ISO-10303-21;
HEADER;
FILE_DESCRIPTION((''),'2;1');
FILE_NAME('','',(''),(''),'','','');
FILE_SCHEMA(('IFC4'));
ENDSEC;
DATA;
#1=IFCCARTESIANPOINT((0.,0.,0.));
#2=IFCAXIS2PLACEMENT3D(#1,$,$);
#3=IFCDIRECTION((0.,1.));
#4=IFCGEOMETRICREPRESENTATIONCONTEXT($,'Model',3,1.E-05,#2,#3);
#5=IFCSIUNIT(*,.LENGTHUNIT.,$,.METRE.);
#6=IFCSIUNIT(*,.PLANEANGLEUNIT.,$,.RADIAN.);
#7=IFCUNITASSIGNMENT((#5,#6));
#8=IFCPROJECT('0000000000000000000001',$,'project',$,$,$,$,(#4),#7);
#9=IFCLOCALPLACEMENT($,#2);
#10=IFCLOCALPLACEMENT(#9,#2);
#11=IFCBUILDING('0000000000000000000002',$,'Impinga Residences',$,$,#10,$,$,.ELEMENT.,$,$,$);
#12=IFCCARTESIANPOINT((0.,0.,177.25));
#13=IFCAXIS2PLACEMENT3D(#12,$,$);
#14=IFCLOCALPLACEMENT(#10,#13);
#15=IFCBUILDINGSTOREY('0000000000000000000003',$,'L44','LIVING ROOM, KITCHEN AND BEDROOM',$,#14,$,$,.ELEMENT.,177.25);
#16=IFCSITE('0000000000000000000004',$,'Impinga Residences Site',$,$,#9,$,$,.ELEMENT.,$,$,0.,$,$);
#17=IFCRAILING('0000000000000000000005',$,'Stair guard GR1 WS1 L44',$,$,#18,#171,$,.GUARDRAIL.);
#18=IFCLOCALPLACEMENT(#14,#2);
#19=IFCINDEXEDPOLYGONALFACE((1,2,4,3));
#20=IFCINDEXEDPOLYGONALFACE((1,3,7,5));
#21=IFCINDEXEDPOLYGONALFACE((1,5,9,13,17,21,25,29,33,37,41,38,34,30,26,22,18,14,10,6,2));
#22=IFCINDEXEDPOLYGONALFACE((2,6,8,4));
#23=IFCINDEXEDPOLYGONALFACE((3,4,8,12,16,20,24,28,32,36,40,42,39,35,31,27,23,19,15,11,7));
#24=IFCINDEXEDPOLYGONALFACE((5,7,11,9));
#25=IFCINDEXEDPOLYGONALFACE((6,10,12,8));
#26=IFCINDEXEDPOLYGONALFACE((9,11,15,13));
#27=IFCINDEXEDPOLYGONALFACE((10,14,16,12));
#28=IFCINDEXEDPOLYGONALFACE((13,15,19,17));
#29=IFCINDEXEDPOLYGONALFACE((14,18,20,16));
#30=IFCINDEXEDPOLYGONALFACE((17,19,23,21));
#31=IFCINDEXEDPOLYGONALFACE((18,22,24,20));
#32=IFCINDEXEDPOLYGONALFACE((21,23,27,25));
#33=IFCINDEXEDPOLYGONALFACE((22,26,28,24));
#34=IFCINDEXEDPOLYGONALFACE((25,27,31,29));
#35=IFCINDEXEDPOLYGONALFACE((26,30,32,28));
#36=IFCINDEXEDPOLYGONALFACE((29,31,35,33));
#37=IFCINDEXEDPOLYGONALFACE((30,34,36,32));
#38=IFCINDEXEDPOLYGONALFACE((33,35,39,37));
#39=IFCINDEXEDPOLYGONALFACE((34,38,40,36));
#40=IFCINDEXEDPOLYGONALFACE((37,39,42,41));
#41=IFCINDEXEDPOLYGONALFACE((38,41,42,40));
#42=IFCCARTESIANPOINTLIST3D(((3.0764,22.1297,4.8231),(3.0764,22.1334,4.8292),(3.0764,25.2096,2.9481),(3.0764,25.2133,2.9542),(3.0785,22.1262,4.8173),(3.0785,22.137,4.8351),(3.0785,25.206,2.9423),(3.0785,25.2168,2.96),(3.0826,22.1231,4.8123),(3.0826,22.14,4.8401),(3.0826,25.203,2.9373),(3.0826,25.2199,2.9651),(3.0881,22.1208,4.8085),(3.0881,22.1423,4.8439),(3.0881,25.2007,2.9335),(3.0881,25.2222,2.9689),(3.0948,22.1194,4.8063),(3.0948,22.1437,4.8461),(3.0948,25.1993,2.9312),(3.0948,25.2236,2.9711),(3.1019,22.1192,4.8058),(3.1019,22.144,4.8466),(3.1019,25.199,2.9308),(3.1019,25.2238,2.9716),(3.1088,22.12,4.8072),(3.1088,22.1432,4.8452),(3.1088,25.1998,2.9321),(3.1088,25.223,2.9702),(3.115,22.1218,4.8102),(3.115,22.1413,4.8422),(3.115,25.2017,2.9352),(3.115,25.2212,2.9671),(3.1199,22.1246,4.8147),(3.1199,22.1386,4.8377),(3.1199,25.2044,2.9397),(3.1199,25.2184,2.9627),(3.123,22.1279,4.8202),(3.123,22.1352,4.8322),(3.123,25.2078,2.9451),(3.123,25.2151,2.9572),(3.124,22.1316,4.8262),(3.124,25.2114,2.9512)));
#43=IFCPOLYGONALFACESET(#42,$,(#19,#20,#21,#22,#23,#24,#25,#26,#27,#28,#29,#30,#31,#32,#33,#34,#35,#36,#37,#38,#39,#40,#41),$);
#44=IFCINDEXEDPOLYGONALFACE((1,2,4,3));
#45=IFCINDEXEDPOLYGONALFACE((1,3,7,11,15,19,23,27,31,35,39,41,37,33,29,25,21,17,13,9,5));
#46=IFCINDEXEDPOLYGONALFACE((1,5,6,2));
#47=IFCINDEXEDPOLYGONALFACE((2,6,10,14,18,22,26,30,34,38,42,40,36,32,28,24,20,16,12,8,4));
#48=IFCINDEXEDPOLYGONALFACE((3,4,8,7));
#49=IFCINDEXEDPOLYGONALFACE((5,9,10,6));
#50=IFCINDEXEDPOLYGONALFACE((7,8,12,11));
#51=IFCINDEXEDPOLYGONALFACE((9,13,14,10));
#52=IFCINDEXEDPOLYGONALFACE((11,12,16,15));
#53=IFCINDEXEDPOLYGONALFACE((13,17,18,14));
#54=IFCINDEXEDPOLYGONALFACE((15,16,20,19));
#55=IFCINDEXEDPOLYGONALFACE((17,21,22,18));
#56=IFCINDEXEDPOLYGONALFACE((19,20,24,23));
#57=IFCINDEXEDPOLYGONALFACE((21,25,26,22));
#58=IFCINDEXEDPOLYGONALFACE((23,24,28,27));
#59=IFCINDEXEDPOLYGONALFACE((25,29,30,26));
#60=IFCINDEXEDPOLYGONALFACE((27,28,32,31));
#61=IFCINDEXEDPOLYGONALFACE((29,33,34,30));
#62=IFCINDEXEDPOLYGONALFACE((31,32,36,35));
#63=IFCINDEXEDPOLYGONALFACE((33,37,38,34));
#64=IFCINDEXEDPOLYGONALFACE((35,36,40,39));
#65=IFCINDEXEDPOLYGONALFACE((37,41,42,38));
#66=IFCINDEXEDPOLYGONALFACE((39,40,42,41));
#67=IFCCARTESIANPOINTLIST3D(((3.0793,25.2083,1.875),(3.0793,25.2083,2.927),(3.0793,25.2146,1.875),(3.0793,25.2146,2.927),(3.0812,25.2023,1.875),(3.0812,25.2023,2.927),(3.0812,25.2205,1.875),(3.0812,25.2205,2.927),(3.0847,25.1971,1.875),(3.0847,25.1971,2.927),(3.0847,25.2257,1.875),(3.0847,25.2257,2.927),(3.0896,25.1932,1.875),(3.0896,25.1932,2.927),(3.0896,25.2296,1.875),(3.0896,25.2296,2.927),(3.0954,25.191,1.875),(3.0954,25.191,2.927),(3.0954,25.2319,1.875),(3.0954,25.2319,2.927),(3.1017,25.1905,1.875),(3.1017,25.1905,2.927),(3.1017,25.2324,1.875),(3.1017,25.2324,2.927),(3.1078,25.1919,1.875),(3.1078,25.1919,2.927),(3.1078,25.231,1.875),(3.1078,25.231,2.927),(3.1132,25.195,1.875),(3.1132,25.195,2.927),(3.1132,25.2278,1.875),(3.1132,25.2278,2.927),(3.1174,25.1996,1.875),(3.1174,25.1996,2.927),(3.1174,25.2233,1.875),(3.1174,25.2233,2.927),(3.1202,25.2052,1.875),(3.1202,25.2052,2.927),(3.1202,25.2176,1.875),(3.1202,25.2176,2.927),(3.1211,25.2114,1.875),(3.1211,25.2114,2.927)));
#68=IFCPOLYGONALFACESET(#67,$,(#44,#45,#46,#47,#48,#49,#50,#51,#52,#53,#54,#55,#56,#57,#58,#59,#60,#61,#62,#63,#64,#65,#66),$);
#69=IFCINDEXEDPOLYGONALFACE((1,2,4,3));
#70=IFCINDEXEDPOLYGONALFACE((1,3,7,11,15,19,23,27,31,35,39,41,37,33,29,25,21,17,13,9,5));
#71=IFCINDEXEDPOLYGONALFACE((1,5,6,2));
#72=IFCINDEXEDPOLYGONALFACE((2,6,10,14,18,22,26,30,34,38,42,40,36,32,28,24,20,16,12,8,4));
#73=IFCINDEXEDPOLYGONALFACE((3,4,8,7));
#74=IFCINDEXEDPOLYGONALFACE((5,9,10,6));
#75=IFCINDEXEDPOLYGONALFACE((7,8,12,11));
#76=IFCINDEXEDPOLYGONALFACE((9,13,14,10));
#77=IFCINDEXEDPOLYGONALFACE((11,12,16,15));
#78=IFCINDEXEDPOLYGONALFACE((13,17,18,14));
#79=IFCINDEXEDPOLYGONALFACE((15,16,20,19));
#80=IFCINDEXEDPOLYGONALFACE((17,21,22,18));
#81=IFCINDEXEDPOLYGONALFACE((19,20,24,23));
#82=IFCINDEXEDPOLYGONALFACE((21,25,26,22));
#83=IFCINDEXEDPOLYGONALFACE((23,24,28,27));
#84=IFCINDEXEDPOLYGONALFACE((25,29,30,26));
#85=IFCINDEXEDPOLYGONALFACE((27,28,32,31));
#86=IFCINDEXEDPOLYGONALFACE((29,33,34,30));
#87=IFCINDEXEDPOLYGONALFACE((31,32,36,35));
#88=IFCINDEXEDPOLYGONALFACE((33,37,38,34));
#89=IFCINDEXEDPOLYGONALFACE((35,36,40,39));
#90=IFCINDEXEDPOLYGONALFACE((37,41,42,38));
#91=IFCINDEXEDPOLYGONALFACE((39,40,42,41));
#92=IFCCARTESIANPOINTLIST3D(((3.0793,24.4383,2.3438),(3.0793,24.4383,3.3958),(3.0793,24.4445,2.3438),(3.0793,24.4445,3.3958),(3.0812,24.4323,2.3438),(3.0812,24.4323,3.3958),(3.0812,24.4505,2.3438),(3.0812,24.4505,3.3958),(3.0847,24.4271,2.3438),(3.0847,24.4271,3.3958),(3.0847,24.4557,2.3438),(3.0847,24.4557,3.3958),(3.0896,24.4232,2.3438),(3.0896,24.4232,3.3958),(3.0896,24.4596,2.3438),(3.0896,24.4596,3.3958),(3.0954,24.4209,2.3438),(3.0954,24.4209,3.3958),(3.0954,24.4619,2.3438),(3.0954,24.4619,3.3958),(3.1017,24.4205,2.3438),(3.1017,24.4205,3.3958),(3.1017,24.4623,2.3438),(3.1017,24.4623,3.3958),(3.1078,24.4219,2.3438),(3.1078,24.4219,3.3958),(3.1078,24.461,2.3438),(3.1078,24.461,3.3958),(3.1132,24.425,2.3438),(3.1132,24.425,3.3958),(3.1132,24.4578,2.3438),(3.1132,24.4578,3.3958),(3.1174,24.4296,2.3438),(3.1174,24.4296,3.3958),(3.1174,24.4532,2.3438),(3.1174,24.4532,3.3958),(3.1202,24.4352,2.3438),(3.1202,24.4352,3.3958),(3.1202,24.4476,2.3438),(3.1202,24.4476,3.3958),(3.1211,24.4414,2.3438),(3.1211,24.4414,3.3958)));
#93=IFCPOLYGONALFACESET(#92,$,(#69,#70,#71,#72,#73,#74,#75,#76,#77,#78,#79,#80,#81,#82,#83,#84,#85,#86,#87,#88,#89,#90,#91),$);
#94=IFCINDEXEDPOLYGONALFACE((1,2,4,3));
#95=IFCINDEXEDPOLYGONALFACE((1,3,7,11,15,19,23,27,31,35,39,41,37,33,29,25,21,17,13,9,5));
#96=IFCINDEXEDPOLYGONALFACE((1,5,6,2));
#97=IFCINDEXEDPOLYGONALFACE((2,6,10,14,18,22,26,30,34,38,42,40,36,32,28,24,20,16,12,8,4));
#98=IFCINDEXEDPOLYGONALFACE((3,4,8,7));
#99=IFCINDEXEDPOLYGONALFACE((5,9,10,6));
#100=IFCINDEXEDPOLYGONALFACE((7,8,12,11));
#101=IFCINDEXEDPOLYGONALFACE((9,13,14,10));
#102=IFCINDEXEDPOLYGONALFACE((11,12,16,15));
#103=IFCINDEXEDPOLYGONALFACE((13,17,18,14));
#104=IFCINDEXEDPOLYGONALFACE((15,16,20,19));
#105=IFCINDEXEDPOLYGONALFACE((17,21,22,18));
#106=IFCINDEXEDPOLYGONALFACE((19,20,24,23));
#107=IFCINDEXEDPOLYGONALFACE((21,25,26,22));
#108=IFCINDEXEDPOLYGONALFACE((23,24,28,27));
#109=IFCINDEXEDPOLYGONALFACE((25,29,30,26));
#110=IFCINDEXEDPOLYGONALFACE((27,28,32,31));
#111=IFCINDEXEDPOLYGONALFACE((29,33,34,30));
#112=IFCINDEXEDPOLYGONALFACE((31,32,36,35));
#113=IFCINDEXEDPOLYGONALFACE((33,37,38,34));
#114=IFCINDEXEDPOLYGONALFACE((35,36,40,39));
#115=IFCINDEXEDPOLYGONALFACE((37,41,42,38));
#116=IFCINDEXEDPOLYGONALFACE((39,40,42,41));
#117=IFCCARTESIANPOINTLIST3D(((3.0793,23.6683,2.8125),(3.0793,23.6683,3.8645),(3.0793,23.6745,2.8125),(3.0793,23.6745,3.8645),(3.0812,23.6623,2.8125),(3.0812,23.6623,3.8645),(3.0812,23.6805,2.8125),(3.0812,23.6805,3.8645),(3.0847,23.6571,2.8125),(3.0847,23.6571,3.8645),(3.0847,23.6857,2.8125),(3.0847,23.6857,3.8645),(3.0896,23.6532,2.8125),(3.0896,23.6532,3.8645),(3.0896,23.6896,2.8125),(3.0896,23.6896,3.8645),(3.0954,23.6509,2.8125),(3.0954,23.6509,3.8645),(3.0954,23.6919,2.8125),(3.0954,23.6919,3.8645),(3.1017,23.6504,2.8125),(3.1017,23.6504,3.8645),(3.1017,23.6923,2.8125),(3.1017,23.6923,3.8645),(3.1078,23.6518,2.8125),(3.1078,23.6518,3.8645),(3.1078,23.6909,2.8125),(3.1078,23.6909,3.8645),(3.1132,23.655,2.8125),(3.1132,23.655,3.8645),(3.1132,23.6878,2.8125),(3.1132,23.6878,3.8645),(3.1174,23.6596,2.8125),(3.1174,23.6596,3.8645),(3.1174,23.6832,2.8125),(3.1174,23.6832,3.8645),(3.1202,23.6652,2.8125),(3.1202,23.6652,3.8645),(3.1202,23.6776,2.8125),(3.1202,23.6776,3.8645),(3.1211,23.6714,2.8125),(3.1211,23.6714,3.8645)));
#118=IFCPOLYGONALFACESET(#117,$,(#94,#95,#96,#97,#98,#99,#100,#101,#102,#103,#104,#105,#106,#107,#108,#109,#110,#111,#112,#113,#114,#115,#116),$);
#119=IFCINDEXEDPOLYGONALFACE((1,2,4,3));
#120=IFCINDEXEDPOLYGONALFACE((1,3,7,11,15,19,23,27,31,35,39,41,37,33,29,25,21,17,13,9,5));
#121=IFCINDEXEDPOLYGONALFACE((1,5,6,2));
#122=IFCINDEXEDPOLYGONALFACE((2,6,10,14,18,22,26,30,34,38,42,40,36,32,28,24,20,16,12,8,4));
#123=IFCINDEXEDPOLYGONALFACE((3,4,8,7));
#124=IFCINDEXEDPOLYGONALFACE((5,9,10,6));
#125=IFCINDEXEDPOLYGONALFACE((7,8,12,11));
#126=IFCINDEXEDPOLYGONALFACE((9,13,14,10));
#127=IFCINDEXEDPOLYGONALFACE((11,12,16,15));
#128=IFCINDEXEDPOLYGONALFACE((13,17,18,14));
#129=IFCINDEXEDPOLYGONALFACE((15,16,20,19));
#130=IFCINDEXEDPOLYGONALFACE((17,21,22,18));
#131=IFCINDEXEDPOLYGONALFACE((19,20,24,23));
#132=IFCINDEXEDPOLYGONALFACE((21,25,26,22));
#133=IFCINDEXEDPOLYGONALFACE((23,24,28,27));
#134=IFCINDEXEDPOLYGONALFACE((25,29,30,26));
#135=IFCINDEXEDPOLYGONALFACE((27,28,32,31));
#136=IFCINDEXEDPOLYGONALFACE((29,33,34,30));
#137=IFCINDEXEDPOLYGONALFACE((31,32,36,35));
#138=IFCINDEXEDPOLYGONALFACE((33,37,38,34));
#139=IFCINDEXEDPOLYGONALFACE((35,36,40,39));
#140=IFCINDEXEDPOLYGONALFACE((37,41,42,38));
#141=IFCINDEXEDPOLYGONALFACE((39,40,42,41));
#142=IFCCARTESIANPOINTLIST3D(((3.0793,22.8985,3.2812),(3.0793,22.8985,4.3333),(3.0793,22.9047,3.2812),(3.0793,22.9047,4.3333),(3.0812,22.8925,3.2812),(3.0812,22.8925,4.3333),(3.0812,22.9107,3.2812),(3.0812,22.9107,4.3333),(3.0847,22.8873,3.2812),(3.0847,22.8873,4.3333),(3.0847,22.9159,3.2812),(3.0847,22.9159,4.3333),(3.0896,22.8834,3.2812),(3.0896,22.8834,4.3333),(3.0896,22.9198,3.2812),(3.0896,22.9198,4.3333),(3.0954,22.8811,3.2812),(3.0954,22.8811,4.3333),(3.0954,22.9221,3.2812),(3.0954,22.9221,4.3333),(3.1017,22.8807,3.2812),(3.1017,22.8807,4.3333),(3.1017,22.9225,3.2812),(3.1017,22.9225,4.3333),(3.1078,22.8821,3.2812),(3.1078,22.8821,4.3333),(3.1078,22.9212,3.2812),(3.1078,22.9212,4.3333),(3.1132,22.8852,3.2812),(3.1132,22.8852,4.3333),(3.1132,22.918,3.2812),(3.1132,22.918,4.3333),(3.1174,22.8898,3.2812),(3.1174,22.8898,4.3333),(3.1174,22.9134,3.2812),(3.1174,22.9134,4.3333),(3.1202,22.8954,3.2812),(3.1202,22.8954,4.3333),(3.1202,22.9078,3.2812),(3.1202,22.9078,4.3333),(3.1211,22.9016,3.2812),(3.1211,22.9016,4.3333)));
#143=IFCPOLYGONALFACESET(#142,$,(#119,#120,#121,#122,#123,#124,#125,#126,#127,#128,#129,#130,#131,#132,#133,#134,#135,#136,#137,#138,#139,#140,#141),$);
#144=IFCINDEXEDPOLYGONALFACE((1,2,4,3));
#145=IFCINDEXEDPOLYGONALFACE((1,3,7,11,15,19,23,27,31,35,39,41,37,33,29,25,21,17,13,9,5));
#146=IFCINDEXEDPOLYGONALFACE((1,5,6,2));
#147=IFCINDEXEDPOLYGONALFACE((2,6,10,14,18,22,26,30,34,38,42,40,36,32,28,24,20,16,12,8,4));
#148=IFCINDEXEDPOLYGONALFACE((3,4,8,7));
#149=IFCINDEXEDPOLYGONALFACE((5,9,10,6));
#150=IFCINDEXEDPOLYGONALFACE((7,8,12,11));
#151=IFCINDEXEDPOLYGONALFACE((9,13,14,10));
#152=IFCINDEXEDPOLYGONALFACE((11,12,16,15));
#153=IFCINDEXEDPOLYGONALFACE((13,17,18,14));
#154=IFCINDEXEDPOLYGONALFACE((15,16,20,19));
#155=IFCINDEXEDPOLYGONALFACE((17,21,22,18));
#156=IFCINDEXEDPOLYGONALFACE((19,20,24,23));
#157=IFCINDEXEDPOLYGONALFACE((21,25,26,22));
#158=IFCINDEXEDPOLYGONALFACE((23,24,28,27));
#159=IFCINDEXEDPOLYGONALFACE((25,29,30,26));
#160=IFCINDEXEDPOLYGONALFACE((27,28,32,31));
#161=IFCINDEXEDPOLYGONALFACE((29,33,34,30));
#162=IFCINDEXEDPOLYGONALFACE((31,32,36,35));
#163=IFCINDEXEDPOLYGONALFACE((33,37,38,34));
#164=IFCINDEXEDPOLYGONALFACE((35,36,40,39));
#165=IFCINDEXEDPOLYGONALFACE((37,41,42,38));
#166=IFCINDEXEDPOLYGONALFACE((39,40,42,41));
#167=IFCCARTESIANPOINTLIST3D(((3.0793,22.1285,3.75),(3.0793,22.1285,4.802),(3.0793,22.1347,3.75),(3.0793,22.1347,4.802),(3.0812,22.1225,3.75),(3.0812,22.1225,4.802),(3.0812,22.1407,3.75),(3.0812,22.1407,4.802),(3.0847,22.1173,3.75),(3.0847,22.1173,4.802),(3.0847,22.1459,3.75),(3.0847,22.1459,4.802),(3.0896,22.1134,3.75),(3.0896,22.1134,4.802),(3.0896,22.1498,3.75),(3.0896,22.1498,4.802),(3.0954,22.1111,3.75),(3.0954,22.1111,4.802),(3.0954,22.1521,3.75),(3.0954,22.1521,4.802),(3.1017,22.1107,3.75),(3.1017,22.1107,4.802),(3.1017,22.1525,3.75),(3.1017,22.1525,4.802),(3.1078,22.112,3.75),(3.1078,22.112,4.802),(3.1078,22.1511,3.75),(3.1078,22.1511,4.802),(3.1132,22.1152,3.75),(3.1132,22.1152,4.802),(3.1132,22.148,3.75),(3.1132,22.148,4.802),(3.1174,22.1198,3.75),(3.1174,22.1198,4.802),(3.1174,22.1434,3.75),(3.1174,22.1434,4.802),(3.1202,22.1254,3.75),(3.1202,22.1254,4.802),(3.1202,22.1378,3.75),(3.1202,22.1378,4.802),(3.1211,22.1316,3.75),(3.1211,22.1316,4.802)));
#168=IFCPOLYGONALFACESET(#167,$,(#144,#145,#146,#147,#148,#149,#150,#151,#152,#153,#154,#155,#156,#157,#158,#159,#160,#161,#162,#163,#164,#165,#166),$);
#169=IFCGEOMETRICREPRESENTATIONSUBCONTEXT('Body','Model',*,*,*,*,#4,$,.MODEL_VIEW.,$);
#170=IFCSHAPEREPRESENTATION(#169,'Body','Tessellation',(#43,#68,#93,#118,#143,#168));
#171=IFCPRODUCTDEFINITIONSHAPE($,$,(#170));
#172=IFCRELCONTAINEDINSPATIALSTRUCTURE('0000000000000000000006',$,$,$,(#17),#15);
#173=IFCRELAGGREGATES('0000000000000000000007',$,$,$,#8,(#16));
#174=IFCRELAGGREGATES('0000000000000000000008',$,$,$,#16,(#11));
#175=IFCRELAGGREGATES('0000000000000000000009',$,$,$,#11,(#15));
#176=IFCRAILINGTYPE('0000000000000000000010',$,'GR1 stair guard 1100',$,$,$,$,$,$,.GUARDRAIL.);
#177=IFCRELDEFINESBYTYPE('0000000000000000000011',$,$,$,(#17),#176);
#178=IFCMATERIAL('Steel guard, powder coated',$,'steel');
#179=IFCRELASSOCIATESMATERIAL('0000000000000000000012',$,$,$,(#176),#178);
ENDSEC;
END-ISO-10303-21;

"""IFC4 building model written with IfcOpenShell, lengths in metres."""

from ifc_helpers import new_model, si_unit, direction, frame, origin, origin_2d, place, context, subcontext, project, spatial, circle, extrude, material, type_object, element, save


model = new_model("IFC4")

# Units and contexts
model_context = context("Model", 3, precision=1e-05, world=origin(), true_north=direction((0.0, 1.0)))
body_context = subcontext(model_context, "Body", "Model", "MODEL_VIEW")
ifc_project = project(units=[si_unit("LENGTHUNIT", "METRE"), si_unit("PLANEANGLEUNIT", "RADIAN")], contexts=[model_context])

# Site, building, storey
site_placement = place(None, origin())
site = spatial("IfcSite", under=ifc_project, at=site_placement, Name="Impinga Residences Site", CompositionType="ELEMENT", RefElevation=0.0)
building_placement = place(site_placement, origin())
building = spatial("IfcBuilding", under=site, at=building_placement, Name="Impinga Residences", CompositionType="ELEMENT")
storey_placement = place(building_placement, frame((0.0, 0.0, 177.25)))
storey = spatial("IfcBuildingStorey", under=building, at=storey_placement, Name="L44", Description="LIVING ROOM, KITCHEN AND BEDROOM", CompositionType="ELEMENT", Elevation=177.25)

# Railing
ifc_material_1 = material(Name="Steel guard, powder coated", Category="steel")
railing_type_1 = type_object("IfcRailingType", Name="GR1 stair guard 1100", PredefinedType="GUARDRAIL", material=ifc_material_1)
railing_1_placement = place(storey_placement, frame((3.1001, 25.2114, 1.875)))
element("IfcRailing", 1, at=railing_1_placement, inside=storey, type_object=railing_type_1, Name="Stair guard GR1 WS1 L44", PredefinedType="GUARDRAIL", context=body_context, shape_type="SweptSolid", body=[
    extrude(circle(Radius=0.0239, at=origin_2d()), frame((0.0, 0.0, 1.0762), z_axis=(0.0, -0.854159, 0.520011), x_axis=(1.0, 0.0, 0.0)), (0.0, 0.0, 1.0), 3.6057),
    extrude(circle(Radius=0.021, at=origin_2d()), origin(), (0.0, 0.0, 1.0), 1.052),
    extrude(circle(Radius=0.021, at=origin_2d()), frame((0.0, -0.77, 0.4688)), (0.0, 0.0, 1.0), 1.052),
    extrude(circle(Radius=0.021, at=origin_2d()), frame((0.0, -1.54, 0.9375)), (0.0, 0.0, 1.0), 1.052),
    extrude(circle(Radius=0.021, at=origin_2d()), frame((0.0, -2.3098, 1.4062)), (0.0, 0.0, 1.0), 1.052),
    extrude(circle(Radius=0.021, at=origin_2d()), frame((0.0, -3.0798, 1.875)), (0.0, 0.0, 1.0), 1.052),
])

save(model, "model.ifc")
